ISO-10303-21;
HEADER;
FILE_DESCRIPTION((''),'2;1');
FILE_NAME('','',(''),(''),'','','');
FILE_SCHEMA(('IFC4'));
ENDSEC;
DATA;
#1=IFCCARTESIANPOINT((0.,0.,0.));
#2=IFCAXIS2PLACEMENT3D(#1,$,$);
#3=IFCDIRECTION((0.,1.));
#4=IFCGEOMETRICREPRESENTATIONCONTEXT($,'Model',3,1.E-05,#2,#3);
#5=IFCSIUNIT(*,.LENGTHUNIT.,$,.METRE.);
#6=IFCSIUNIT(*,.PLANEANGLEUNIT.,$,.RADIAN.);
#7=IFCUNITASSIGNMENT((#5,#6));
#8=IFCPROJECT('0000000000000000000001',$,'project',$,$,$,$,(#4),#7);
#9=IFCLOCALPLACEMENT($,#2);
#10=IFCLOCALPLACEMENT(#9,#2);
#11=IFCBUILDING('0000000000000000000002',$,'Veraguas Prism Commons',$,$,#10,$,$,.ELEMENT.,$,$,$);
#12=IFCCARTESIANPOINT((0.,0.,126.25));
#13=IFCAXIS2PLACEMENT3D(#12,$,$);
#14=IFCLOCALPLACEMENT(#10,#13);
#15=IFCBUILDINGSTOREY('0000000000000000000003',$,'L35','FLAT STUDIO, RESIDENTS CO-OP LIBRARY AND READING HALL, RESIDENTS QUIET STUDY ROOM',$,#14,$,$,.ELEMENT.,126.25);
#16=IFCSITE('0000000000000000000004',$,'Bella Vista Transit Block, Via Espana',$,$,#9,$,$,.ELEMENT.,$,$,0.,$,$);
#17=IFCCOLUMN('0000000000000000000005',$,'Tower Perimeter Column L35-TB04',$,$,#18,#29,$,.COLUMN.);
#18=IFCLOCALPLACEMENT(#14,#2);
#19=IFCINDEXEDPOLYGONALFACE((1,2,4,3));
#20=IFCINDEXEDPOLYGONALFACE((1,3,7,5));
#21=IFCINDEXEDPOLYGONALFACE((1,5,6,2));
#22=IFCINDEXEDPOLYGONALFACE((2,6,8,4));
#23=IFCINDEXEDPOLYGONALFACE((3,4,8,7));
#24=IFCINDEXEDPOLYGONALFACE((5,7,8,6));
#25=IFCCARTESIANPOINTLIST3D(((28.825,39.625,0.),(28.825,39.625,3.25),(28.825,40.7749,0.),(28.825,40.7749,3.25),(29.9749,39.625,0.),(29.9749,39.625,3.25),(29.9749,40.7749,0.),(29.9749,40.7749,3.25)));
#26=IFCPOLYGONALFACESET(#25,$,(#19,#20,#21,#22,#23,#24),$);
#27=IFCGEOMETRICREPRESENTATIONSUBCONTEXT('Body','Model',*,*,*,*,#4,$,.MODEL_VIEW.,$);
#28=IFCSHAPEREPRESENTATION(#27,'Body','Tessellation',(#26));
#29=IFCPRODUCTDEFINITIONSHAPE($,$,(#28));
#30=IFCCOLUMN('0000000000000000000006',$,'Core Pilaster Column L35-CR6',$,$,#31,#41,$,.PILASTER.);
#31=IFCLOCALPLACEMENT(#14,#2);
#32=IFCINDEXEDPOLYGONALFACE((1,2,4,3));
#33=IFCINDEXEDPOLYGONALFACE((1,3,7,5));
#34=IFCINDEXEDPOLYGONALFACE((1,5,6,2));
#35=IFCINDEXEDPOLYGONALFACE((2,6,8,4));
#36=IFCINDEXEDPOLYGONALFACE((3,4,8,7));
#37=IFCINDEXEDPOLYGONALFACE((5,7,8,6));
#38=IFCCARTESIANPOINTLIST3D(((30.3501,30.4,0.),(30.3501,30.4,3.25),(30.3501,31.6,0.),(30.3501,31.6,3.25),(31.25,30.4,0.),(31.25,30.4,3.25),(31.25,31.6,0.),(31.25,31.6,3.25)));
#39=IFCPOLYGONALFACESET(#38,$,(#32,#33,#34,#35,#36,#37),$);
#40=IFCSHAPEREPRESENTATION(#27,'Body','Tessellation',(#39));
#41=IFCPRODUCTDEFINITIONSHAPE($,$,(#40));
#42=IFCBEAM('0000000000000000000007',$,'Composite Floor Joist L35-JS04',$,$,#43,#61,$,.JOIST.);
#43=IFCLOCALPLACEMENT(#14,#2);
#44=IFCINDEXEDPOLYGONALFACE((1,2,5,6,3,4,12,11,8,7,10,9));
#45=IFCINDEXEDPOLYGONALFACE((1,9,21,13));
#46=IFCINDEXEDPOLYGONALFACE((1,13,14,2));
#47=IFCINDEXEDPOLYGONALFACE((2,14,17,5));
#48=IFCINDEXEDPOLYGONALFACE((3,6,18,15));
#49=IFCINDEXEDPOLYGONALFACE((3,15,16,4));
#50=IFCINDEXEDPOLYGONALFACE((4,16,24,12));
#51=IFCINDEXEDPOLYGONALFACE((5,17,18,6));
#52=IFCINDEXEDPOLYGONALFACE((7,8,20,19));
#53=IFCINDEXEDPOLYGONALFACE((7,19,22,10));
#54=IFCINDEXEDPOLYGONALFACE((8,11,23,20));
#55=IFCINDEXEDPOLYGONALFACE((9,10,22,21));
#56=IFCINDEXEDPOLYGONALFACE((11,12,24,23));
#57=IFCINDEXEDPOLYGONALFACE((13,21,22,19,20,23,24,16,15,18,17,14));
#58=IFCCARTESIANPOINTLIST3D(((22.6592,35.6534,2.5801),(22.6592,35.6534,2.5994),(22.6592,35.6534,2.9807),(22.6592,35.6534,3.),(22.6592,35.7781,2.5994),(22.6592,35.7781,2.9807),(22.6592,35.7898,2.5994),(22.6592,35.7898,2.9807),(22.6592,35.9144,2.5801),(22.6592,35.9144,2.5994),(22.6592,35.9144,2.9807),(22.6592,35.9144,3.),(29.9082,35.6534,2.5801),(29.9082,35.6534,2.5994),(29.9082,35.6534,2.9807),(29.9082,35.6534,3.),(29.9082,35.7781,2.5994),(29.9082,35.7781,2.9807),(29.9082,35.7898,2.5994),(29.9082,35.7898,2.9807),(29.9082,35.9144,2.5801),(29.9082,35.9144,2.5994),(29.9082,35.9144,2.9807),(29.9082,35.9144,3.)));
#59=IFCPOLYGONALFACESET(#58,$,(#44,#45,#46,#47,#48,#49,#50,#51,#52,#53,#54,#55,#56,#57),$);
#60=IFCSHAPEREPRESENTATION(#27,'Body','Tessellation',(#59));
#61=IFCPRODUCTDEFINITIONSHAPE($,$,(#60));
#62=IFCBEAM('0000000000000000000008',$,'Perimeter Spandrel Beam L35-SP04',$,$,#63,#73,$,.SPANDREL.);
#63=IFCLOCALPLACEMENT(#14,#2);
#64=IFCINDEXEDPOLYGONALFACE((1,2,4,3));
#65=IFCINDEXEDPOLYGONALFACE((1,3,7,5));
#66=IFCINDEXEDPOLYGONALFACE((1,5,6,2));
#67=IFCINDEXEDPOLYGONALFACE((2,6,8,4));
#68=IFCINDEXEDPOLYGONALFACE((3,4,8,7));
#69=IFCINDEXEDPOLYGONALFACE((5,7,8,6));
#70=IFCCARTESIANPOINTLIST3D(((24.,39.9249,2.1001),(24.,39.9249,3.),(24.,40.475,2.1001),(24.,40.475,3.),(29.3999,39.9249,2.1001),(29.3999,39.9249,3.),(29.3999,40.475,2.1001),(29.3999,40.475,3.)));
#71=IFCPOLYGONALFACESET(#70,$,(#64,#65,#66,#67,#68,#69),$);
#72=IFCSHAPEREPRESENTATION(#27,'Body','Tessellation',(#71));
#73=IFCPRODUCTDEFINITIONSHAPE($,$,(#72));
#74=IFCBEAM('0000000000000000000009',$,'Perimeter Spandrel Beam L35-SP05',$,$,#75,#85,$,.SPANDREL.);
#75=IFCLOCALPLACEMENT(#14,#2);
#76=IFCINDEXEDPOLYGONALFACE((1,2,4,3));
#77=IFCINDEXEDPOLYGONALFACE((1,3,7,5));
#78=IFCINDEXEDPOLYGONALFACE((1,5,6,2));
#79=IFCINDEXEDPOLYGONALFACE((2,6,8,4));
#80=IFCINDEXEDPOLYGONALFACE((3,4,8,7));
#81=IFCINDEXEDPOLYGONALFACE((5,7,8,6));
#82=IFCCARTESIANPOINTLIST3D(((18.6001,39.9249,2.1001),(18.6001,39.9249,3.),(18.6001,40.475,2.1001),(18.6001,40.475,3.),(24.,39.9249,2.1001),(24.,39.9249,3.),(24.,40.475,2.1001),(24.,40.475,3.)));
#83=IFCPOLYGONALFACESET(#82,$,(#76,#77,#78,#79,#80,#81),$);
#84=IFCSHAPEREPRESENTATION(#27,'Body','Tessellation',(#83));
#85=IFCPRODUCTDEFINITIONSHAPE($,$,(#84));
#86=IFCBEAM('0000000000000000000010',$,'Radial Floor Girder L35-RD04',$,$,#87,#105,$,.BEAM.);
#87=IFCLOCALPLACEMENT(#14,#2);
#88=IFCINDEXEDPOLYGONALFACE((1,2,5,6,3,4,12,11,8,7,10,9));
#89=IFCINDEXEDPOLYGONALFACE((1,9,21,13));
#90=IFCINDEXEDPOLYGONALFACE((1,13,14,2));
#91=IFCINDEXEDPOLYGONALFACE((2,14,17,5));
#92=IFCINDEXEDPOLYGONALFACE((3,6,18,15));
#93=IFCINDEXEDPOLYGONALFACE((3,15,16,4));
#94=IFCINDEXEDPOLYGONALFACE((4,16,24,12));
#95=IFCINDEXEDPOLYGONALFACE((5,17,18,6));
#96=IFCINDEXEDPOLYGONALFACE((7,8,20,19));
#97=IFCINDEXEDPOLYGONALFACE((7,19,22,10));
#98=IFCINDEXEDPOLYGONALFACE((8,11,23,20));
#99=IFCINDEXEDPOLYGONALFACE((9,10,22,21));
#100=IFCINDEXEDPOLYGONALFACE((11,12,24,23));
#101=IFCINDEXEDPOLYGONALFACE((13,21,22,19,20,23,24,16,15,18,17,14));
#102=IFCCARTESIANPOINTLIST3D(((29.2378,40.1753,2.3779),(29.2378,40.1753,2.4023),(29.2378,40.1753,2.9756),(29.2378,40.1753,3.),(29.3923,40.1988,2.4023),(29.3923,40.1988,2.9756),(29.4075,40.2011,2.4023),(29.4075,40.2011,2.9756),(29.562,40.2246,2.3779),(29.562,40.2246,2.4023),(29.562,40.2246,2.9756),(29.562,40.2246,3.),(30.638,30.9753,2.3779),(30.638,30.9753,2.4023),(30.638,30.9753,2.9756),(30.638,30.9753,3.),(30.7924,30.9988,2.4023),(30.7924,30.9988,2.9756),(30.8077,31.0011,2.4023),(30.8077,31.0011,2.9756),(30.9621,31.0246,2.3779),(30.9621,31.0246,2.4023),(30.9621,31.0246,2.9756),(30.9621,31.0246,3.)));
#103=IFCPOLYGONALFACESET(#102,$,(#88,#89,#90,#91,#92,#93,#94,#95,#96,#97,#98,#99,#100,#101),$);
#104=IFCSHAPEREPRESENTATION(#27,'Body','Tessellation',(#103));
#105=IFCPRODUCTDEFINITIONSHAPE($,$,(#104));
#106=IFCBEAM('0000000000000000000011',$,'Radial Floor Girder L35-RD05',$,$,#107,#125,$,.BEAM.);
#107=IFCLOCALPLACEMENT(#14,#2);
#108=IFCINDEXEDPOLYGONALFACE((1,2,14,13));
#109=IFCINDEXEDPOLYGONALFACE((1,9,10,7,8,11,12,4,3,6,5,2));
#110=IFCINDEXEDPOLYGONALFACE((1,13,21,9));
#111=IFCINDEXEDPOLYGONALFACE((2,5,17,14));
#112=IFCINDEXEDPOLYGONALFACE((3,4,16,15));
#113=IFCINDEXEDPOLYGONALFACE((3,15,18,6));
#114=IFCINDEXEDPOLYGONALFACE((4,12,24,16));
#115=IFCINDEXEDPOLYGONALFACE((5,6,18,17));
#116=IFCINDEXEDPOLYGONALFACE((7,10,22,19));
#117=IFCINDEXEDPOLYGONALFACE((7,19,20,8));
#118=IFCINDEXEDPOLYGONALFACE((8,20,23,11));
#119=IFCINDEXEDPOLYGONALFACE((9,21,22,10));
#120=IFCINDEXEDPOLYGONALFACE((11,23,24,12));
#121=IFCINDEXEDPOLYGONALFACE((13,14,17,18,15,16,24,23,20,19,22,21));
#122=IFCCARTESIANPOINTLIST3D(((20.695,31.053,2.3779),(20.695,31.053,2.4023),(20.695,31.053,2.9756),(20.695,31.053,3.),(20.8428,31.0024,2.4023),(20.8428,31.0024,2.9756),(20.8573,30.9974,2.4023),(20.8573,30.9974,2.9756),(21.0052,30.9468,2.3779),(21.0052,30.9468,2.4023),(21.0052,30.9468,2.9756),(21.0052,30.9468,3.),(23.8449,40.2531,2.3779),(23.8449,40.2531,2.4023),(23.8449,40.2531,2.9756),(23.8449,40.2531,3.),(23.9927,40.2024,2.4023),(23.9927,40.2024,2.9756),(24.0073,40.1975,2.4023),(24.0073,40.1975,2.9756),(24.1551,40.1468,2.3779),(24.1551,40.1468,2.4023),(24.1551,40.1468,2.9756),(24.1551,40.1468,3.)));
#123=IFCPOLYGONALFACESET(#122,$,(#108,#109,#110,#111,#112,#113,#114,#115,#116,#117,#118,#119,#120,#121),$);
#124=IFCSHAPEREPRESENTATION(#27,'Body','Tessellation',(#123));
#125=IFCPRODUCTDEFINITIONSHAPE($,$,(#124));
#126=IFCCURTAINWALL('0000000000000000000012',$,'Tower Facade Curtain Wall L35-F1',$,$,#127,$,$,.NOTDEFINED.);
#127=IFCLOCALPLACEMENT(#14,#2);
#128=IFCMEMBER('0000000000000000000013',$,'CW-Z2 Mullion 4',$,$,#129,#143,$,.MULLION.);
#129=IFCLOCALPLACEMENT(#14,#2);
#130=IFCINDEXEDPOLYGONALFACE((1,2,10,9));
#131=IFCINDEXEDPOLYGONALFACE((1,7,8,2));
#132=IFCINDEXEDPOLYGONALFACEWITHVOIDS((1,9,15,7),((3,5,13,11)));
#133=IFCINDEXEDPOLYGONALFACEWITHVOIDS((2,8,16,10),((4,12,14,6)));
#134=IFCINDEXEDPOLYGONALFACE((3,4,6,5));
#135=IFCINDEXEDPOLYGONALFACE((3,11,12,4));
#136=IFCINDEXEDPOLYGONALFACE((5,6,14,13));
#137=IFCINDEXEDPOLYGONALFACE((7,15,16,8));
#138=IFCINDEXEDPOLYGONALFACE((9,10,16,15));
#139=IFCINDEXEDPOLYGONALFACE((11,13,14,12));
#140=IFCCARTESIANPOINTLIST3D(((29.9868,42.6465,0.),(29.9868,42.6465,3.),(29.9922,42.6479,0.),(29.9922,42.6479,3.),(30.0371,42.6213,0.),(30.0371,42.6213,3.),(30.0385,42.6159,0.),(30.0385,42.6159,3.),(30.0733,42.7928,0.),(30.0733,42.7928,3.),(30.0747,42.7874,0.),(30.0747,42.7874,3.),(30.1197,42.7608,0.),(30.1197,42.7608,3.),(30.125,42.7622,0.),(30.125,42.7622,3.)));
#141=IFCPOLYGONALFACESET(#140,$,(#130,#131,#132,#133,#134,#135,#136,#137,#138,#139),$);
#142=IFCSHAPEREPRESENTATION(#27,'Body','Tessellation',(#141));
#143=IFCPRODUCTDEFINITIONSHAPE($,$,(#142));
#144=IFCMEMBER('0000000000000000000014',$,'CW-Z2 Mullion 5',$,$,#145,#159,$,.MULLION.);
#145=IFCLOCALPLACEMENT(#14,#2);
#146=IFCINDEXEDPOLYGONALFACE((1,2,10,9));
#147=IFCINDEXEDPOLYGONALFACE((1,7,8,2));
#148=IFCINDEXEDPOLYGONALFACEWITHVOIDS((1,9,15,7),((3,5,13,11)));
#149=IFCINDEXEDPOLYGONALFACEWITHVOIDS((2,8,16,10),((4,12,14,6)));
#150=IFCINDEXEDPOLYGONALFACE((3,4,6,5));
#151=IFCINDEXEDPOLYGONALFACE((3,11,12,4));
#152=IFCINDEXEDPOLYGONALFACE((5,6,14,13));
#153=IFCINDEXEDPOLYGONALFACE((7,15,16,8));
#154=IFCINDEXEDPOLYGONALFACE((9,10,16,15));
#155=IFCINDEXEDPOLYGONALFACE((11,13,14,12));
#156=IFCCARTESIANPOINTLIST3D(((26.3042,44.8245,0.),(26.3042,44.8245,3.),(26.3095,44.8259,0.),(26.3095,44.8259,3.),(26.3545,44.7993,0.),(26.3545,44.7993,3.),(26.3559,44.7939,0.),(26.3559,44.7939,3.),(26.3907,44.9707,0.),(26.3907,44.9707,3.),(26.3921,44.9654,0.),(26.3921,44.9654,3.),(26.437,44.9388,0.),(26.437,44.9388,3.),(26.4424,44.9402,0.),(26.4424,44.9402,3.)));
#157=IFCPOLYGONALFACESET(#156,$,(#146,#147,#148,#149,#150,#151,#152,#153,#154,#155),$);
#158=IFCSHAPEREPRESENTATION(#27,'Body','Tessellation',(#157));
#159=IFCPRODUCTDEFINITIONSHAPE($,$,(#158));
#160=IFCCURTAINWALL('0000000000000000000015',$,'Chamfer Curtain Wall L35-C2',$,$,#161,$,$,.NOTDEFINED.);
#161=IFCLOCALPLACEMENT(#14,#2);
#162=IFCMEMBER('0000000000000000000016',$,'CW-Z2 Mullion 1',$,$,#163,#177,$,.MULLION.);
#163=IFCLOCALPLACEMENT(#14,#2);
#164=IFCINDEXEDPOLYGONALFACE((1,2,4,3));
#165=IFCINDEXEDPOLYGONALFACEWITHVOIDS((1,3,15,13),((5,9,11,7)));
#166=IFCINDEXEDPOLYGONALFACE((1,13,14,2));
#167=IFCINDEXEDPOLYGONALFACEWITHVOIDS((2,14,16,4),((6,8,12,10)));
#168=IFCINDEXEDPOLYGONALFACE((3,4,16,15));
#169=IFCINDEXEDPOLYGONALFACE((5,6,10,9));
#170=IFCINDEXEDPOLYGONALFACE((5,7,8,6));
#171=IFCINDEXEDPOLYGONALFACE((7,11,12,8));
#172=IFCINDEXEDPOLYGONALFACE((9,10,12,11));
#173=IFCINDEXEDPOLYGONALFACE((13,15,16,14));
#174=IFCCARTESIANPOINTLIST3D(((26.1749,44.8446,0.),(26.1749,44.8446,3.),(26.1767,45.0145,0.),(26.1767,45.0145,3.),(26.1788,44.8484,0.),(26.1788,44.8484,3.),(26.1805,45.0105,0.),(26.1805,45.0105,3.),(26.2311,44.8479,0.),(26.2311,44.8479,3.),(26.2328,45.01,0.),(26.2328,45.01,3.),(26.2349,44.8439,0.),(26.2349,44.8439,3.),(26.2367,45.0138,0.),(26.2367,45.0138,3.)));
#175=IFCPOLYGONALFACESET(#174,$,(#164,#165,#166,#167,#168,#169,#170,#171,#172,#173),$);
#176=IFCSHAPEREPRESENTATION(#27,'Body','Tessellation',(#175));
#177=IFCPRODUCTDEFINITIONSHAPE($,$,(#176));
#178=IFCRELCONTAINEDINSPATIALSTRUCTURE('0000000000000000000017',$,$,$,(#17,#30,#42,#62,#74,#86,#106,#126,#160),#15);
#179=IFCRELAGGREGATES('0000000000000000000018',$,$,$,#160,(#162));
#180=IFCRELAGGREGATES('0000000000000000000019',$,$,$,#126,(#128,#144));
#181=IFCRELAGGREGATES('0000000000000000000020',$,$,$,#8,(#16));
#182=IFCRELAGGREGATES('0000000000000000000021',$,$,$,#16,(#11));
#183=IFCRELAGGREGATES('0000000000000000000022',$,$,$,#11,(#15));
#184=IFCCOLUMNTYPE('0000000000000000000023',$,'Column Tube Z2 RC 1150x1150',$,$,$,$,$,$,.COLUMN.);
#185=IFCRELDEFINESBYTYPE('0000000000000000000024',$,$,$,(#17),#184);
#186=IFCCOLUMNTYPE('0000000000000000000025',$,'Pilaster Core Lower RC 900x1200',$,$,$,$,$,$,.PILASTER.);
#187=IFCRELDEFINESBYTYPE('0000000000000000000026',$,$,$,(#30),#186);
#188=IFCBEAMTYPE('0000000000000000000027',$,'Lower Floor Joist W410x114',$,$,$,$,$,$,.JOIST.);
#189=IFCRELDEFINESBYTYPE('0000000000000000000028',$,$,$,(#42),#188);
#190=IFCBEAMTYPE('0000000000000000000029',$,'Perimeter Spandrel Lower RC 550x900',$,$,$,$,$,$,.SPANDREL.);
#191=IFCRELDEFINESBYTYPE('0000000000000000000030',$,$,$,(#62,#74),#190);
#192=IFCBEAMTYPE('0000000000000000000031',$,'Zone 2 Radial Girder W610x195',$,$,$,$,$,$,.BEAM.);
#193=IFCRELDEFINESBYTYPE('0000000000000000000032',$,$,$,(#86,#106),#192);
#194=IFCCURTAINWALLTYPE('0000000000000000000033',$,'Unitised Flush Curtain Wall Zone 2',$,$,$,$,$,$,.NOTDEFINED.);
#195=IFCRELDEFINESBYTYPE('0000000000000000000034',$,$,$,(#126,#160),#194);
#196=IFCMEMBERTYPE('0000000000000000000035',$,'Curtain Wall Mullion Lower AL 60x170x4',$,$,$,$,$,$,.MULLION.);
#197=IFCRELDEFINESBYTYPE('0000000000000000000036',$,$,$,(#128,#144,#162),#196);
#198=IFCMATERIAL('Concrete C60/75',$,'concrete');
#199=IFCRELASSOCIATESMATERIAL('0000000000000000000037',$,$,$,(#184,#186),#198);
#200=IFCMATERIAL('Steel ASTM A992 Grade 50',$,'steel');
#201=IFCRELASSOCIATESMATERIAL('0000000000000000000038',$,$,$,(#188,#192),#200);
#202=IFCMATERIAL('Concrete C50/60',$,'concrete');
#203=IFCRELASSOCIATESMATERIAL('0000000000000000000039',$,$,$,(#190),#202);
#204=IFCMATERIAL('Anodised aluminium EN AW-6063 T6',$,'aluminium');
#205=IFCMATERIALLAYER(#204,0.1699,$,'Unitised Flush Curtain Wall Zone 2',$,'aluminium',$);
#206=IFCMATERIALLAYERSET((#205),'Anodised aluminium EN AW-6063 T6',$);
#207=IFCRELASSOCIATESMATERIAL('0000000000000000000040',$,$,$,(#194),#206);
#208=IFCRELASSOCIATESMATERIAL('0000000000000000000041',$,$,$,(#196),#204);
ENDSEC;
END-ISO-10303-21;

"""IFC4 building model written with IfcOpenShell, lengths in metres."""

from ifc_helpers import new_model, si_unit, direction, frame, origin, origin_2d, place, context, subcontext, project, spatial, rectangle, hollow_rectangle, i_section, extrude, source, transform, mapped, material, layer, layer_set, material_profile, profile_set, type_object, element, aggregate, save


model = new_model("IFC4")

# Units and contexts
model_context = context("Model", 3, precision=1e-05, world=origin(), true_north=direction((0.0, 1.0)))
body_context = subcontext(model_context, "Body", "Model", "MODEL_VIEW")
ifc_project = project(units=[si_unit("LENGTHUNIT", "METRE"), si_unit("PLANEANGLEUNIT", "RADIAN")], contexts=[model_context])

# Site, building, storey
site_placement = place(None, origin())
site = spatial("IfcSite", under=ifc_project, at=site_placement, Name="Bella Vista Transit Block, Via Espana", CompositionType="ELEMENT", RefElevation=0.0)
building_placement = place(site_placement, origin())
building = spatial("IfcBuilding", under=site, at=building_placement, Name="Veraguas Prism Commons", CompositionType="ELEMENT")
storey_placement = place(building_placement, frame((0.0, 0.0, 126.25)))
storey = spatial("IfcBuildingStorey", under=building, at=storey_placement, Name="L35", Description="FLAT STUDIO, RESIDENTS CO-OP LIBRARY AND READING HALL, RESIDENTS QUIET STUDY ROOM", CompositionType="ELEMENT", Elevation=126.25)

# Columns
ifc_material_1 = material(Name="Concrete C60/75", Category="concrete")
ifc_material_profile_1 = material_profile(ifc_material_1, rectangle(XDim=1.1499, YDim=1.1499, at=origin_2d()), Name="RC1150X1150")
ifc_profile_set_1 = profile_set([ifc_material_profile_1], Name="Concrete C60/75")
column_type_1 = type_object("IfcColumnType", Name="Column Tube Z2 RC 1150x1150", PredefinedType="COLUMN", material=ifc_profile_set_1)
column_1_placement = place(storey_placement, frame((29.3999, 40.2, 0.0), z_axis=(0.0, 0.0, 1.0), x_axis=(1.0, 0.0, 0.0)))
element("IfcColumn", 1, at=column_1_placement, inside=storey, type_object=column_type_1, Name="Tower Perimeter Column L35-TB04", PredefinedType="COLUMN", context=body_context, shape_type="SweptSolid", body=[
    extrude(rectangle(XDim=1.1499, YDim=1.1499, at=origin_2d()), origin(), (0.0, 0.0, 1.0), 3.25),
])
ifc_material_profile_2 = material_profile(ifc_material_1, rectangle(XDim=0.8999, YDim=1.2, at=origin_2d()), Name="RC900X1200")
ifc_profile_set_2 = profile_set([ifc_material_profile_2], Name="Concrete C60/75")
column_type_2 = type_object("IfcColumnType", Name="Pilaster Core Lower RC 900x1200", PredefinedType="PILASTER", material=ifc_profile_set_2)
column_2_placement = place(storey_placement, frame((30.8, 31.0, 0.0), z_axis=(0.0, 0.0, 1.0), x_axis=(1.0, 0.0, 0.0)))
element("IfcColumn", 2, at=column_2_placement, inside=storey, type_object=column_type_2, Name="Core Pilaster Column L35-CR6", PredefinedType="PILASTER", context=body_context, shape_type="SweptSolid", body=[
    extrude(rectangle(XDim=0.8999, YDim=1.2, at=origin_2d()), origin(), (0.0, 0.0, 1.0), 3.25),
])

# Beams
ifc_material_2 = material(Name="Steel ASTM A992 Grade 50", Category="steel")
ifc_material_profile_3 = material_profile(ifc_material_2, i_section(OverallWidth=0.261, OverallDepth=0.4199, WebThickness=0.0117, FlangeThickness=0.0193, at=origin_2d()), Name="W410X114")
ifc_profile_set_3 = profile_set([ifc_material_profile_3], Name="Steel ASTM A992 Grade 50")
beam_type_1 = type_object("IfcBeamType", Name="Lower Floor Joist W410x114", PredefinedType="JOIST", material=ifc_profile_set_3)
beam_1_placement = place(storey_placement, frame((29.9082, 35.7839, 2.79), z_axis=(-1.0, 0.0, 0.0), x_axis=(0.0, -1.0, 0.0)))
element("IfcBeam", 3, at=beam_1_placement, inside=storey, type_object=beam_type_1, Name="Composite Floor Joist L35-JS04", PredefinedType="JOIST", context=body_context, shape_type="SweptSolid", body=[
    extrude(i_section(OverallWidth=0.261, OverallDepth=0.4199, WebThickness=0.0117, FlangeThickness=0.0193, at=origin_2d()), origin(), (0.0, 0.0, 1.0), 7.249),
])
ifc_material_3 = material(Name="Concrete C50/60", Category="concrete")
ifc_material_profile_4 = material_profile(ifc_material_3, rectangle(XDim=0.55, YDim=0.8999, at=origin_2d()), Name="RC550X900")
ifc_profile_set_4 = profile_set([ifc_material_profile_4], Name="Concrete C50/60")
beam_type_2 = type_object("IfcBeamType", Name="Perimeter Spandrel Lower RC 550x900", PredefinedType="SPANDREL", material=ifc_profile_set_4)
for number, where, z_axis, x_axis, name in (
    (4, (29.3999, 40.2, 2.55), (-1.0, 0.0, 0.0), (0.0, -1.0, 0.0), "Perimeter Spandrel Beam L35-SP04"),
    (5, (24.0, 40.2, 2.55), (-1.0, 0.0, 0.0), (0.0, -1.0, 0.0), "Perimeter Spandrel Beam L35-SP05"),
):
    element("IfcBeam", number, at=place(storey_placement, frame(where, z_axis=z_axis, x_axis=x_axis)), inside=storey, type_object=beam_type_2, Name=name, PredefinedType="SPANDREL", context=body_context, shape_type="SweptSolid", body=[
        extrude(rectangle(XDim=0.55, YDim=0.8999, at=origin_2d()), origin(), (0.0, 0.0, 1.0), 5.3999),
    ])
ifc_material_profile_5 = material_profile(ifc_material_2, i_section(OverallWidth=0.3279, OverallDepth=0.6221, WebThickness=0.0154, FlangeThickness=0.0244, at=origin_2d()), Name="W610X195")
ifc_profile_set_5 = profile_set([ifc_material_profile_5], Name="Steel ASTM A992 Grade 50")
beam_type_3 = type_object("IfcBeamType", Name="Zone 2 Radial Girder W610x195", PredefinedType="BEAM", material=ifc_profile_set_5)
beam_2_placement = place(storey_placement, frame((29.3999, 40.2, 2.689), z_axis=(0.150458, -0.988616, 0.0), x_axis=(0.988616, 0.150458, 0.0)))
element("IfcBeam", 6, at=beam_2_placement, inside=storey, type_object=beam_type_3, Name="Radial Floor Girder L35-RD04", PredefinedType="BEAM", context=body_context, shape_type="SweptSolid", body=[
    extrude(i_section(OverallWidth=0.3279, OverallDepth=0.6221, WebThickness=0.0154, FlangeThickness=0.0244, at=origin_2d()), origin(), (0.0, 0.0, 1.0), 9.3059),
])
beam_3_placement = place(storey_placement, frame((24.0, 40.2, 2.689), z_axis=(-0.323922, -0.946084, 0.0), x_axis=(0.946084, -0.323922, 0.0)))
element("IfcBeam", 7, at=beam_3_placement, inside=storey, type_object=beam_type_3, Name="Radial Floor Girder L35-RD05", PredefinedType="BEAM", context=body_context, shape_type="SweptSolid", body=[
    extrude(i_section(OverallWidth=0.3279, OverallDepth=0.6221, WebThickness=0.0154, FlangeThickness=0.0244, at=origin_2d()), origin(), (0.0, 0.0, 1.0), 9.7244),
])

# Curtain wall, members
ifc_material_4 = material(Name="Anodised aluminium EN AW-6063 T6", Category="aluminium")
ifc_layer_1 = layer(ifc_material_4, 0.1699, Name="Unitised Flush Curtain Wall Zone 2", Category="aluminium")
ifc_layer_set_1 = layer_set([ifc_layer_1], Name="Anodised aluminium EN AW-6063 T6")
curtain_wall_type = type_object("IfcCurtainWallType", Name="Unitised Flush Curtain Wall Zone 2", PredefinedType="NOTDEFINED", material=ifc_layer_set_1)
curtain_wall_1_placement = place(storey_placement, origin())
curtain_wall_1 = element("IfcCurtainWall", 8, at=curtain_wall_1_placement, inside=storey, type_object=curtain_wall_type, Name="Tower Facade Curtain Wall L35-F1", PredefinedType="NOTDEFINED")
ifc_material_profile_6 = material_profile(ifc_material_4, hollow_rectangle(XDim=0.0601, YDim=0.1699, WallThickness=0.0039, at=origin_2d()), Name="AL60X170X4")
ifc_profile_set_6 = profile_set([ifc_material_profile_6], Name="Anodised aluminium EN AW-6063 T6")
member_type_1 = type_object("IfcMemberType", Name="Curtain Wall Mullion Lower AL 60x170x4", PredefinedType="MULLION", material=ifc_profile_set_6)
shared_shape_1 = source(origin(), body_context, "Body", "SweptSolid", [
    extrude(hollow_rectangle(XDim=0.0601, YDim=0.1699, WallThickness=0.0039, at=origin_2d()), origin(), (0.0, 0.0, 1.0), 3.0),
])
member_1_placement = place(storey_placement, frame((30.0559, 42.7043, 0.0), z_axis=(0.0, 0.0, 1.0), x_axis=(-0.860742, 0.509041, 0.0)))
member_1 = element("IfcMember", 9, at=member_1_placement, type_object=member_type_1, Name="CW-Z2 Mullion 4", PredefinedType="MULLION", context=body_context, shape_type="MappedRepresentation", body=[
    mapped(shared_shape_1, transform((0.0, 0.0, 0.0), scale=1.0)),
])
member_2_placement = place(storey_placement, frame((26.3733, 44.8823, 0.0), z_axis=(0.0, 0.0, 1.0), x_axis=(-0.860742, 0.509041, 0.0)))
member_2 = element("IfcMember", 10, at=member_2_placement, type_object=member_type_1, Name="CW-Z2 Mullion 5", PredefinedType="MULLION", context=body_context, shape_type="MappedRepresentation", body=[
    mapped(shared_shape_1, transform((0.0, 0.0, 0.0), scale=1.0)),
])

# Curtain wall, member
curtain_wall_2_placement = place(storey_placement, origin())
curtain_wall_2 = element("IfcCurtainWall", 11, at=curtain_wall_2_placement, inside=storey, type_object=curtain_wall_type, Name="Chamfer Curtain Wall L35-C2", PredefinedType="NOTDEFINED")
member_3_placement = place(storey_placement, frame((26.2058, 44.9292, 0.0), z_axis=(0.0, 0.0, 1.0), x_axis=(-0.999945, 0.010487, 0.0)))
member_3 = element("IfcMember", 12, at=member_3_placement, type_object=member_type_1, Name="CW-Z2 Mullion 1", PredefinedType="MULLION", context=body_context, shape_type="MappedRepresentation", body=[
    mapped(shared_shape_1, transform((0.0, 0.0, 0.0), scale=1.0)),
])
aggregate(curtain_wall_2, [member_3])

aggregate(curtain_wall_1, [member_1, member_2])

save(model, "model.ifc")
